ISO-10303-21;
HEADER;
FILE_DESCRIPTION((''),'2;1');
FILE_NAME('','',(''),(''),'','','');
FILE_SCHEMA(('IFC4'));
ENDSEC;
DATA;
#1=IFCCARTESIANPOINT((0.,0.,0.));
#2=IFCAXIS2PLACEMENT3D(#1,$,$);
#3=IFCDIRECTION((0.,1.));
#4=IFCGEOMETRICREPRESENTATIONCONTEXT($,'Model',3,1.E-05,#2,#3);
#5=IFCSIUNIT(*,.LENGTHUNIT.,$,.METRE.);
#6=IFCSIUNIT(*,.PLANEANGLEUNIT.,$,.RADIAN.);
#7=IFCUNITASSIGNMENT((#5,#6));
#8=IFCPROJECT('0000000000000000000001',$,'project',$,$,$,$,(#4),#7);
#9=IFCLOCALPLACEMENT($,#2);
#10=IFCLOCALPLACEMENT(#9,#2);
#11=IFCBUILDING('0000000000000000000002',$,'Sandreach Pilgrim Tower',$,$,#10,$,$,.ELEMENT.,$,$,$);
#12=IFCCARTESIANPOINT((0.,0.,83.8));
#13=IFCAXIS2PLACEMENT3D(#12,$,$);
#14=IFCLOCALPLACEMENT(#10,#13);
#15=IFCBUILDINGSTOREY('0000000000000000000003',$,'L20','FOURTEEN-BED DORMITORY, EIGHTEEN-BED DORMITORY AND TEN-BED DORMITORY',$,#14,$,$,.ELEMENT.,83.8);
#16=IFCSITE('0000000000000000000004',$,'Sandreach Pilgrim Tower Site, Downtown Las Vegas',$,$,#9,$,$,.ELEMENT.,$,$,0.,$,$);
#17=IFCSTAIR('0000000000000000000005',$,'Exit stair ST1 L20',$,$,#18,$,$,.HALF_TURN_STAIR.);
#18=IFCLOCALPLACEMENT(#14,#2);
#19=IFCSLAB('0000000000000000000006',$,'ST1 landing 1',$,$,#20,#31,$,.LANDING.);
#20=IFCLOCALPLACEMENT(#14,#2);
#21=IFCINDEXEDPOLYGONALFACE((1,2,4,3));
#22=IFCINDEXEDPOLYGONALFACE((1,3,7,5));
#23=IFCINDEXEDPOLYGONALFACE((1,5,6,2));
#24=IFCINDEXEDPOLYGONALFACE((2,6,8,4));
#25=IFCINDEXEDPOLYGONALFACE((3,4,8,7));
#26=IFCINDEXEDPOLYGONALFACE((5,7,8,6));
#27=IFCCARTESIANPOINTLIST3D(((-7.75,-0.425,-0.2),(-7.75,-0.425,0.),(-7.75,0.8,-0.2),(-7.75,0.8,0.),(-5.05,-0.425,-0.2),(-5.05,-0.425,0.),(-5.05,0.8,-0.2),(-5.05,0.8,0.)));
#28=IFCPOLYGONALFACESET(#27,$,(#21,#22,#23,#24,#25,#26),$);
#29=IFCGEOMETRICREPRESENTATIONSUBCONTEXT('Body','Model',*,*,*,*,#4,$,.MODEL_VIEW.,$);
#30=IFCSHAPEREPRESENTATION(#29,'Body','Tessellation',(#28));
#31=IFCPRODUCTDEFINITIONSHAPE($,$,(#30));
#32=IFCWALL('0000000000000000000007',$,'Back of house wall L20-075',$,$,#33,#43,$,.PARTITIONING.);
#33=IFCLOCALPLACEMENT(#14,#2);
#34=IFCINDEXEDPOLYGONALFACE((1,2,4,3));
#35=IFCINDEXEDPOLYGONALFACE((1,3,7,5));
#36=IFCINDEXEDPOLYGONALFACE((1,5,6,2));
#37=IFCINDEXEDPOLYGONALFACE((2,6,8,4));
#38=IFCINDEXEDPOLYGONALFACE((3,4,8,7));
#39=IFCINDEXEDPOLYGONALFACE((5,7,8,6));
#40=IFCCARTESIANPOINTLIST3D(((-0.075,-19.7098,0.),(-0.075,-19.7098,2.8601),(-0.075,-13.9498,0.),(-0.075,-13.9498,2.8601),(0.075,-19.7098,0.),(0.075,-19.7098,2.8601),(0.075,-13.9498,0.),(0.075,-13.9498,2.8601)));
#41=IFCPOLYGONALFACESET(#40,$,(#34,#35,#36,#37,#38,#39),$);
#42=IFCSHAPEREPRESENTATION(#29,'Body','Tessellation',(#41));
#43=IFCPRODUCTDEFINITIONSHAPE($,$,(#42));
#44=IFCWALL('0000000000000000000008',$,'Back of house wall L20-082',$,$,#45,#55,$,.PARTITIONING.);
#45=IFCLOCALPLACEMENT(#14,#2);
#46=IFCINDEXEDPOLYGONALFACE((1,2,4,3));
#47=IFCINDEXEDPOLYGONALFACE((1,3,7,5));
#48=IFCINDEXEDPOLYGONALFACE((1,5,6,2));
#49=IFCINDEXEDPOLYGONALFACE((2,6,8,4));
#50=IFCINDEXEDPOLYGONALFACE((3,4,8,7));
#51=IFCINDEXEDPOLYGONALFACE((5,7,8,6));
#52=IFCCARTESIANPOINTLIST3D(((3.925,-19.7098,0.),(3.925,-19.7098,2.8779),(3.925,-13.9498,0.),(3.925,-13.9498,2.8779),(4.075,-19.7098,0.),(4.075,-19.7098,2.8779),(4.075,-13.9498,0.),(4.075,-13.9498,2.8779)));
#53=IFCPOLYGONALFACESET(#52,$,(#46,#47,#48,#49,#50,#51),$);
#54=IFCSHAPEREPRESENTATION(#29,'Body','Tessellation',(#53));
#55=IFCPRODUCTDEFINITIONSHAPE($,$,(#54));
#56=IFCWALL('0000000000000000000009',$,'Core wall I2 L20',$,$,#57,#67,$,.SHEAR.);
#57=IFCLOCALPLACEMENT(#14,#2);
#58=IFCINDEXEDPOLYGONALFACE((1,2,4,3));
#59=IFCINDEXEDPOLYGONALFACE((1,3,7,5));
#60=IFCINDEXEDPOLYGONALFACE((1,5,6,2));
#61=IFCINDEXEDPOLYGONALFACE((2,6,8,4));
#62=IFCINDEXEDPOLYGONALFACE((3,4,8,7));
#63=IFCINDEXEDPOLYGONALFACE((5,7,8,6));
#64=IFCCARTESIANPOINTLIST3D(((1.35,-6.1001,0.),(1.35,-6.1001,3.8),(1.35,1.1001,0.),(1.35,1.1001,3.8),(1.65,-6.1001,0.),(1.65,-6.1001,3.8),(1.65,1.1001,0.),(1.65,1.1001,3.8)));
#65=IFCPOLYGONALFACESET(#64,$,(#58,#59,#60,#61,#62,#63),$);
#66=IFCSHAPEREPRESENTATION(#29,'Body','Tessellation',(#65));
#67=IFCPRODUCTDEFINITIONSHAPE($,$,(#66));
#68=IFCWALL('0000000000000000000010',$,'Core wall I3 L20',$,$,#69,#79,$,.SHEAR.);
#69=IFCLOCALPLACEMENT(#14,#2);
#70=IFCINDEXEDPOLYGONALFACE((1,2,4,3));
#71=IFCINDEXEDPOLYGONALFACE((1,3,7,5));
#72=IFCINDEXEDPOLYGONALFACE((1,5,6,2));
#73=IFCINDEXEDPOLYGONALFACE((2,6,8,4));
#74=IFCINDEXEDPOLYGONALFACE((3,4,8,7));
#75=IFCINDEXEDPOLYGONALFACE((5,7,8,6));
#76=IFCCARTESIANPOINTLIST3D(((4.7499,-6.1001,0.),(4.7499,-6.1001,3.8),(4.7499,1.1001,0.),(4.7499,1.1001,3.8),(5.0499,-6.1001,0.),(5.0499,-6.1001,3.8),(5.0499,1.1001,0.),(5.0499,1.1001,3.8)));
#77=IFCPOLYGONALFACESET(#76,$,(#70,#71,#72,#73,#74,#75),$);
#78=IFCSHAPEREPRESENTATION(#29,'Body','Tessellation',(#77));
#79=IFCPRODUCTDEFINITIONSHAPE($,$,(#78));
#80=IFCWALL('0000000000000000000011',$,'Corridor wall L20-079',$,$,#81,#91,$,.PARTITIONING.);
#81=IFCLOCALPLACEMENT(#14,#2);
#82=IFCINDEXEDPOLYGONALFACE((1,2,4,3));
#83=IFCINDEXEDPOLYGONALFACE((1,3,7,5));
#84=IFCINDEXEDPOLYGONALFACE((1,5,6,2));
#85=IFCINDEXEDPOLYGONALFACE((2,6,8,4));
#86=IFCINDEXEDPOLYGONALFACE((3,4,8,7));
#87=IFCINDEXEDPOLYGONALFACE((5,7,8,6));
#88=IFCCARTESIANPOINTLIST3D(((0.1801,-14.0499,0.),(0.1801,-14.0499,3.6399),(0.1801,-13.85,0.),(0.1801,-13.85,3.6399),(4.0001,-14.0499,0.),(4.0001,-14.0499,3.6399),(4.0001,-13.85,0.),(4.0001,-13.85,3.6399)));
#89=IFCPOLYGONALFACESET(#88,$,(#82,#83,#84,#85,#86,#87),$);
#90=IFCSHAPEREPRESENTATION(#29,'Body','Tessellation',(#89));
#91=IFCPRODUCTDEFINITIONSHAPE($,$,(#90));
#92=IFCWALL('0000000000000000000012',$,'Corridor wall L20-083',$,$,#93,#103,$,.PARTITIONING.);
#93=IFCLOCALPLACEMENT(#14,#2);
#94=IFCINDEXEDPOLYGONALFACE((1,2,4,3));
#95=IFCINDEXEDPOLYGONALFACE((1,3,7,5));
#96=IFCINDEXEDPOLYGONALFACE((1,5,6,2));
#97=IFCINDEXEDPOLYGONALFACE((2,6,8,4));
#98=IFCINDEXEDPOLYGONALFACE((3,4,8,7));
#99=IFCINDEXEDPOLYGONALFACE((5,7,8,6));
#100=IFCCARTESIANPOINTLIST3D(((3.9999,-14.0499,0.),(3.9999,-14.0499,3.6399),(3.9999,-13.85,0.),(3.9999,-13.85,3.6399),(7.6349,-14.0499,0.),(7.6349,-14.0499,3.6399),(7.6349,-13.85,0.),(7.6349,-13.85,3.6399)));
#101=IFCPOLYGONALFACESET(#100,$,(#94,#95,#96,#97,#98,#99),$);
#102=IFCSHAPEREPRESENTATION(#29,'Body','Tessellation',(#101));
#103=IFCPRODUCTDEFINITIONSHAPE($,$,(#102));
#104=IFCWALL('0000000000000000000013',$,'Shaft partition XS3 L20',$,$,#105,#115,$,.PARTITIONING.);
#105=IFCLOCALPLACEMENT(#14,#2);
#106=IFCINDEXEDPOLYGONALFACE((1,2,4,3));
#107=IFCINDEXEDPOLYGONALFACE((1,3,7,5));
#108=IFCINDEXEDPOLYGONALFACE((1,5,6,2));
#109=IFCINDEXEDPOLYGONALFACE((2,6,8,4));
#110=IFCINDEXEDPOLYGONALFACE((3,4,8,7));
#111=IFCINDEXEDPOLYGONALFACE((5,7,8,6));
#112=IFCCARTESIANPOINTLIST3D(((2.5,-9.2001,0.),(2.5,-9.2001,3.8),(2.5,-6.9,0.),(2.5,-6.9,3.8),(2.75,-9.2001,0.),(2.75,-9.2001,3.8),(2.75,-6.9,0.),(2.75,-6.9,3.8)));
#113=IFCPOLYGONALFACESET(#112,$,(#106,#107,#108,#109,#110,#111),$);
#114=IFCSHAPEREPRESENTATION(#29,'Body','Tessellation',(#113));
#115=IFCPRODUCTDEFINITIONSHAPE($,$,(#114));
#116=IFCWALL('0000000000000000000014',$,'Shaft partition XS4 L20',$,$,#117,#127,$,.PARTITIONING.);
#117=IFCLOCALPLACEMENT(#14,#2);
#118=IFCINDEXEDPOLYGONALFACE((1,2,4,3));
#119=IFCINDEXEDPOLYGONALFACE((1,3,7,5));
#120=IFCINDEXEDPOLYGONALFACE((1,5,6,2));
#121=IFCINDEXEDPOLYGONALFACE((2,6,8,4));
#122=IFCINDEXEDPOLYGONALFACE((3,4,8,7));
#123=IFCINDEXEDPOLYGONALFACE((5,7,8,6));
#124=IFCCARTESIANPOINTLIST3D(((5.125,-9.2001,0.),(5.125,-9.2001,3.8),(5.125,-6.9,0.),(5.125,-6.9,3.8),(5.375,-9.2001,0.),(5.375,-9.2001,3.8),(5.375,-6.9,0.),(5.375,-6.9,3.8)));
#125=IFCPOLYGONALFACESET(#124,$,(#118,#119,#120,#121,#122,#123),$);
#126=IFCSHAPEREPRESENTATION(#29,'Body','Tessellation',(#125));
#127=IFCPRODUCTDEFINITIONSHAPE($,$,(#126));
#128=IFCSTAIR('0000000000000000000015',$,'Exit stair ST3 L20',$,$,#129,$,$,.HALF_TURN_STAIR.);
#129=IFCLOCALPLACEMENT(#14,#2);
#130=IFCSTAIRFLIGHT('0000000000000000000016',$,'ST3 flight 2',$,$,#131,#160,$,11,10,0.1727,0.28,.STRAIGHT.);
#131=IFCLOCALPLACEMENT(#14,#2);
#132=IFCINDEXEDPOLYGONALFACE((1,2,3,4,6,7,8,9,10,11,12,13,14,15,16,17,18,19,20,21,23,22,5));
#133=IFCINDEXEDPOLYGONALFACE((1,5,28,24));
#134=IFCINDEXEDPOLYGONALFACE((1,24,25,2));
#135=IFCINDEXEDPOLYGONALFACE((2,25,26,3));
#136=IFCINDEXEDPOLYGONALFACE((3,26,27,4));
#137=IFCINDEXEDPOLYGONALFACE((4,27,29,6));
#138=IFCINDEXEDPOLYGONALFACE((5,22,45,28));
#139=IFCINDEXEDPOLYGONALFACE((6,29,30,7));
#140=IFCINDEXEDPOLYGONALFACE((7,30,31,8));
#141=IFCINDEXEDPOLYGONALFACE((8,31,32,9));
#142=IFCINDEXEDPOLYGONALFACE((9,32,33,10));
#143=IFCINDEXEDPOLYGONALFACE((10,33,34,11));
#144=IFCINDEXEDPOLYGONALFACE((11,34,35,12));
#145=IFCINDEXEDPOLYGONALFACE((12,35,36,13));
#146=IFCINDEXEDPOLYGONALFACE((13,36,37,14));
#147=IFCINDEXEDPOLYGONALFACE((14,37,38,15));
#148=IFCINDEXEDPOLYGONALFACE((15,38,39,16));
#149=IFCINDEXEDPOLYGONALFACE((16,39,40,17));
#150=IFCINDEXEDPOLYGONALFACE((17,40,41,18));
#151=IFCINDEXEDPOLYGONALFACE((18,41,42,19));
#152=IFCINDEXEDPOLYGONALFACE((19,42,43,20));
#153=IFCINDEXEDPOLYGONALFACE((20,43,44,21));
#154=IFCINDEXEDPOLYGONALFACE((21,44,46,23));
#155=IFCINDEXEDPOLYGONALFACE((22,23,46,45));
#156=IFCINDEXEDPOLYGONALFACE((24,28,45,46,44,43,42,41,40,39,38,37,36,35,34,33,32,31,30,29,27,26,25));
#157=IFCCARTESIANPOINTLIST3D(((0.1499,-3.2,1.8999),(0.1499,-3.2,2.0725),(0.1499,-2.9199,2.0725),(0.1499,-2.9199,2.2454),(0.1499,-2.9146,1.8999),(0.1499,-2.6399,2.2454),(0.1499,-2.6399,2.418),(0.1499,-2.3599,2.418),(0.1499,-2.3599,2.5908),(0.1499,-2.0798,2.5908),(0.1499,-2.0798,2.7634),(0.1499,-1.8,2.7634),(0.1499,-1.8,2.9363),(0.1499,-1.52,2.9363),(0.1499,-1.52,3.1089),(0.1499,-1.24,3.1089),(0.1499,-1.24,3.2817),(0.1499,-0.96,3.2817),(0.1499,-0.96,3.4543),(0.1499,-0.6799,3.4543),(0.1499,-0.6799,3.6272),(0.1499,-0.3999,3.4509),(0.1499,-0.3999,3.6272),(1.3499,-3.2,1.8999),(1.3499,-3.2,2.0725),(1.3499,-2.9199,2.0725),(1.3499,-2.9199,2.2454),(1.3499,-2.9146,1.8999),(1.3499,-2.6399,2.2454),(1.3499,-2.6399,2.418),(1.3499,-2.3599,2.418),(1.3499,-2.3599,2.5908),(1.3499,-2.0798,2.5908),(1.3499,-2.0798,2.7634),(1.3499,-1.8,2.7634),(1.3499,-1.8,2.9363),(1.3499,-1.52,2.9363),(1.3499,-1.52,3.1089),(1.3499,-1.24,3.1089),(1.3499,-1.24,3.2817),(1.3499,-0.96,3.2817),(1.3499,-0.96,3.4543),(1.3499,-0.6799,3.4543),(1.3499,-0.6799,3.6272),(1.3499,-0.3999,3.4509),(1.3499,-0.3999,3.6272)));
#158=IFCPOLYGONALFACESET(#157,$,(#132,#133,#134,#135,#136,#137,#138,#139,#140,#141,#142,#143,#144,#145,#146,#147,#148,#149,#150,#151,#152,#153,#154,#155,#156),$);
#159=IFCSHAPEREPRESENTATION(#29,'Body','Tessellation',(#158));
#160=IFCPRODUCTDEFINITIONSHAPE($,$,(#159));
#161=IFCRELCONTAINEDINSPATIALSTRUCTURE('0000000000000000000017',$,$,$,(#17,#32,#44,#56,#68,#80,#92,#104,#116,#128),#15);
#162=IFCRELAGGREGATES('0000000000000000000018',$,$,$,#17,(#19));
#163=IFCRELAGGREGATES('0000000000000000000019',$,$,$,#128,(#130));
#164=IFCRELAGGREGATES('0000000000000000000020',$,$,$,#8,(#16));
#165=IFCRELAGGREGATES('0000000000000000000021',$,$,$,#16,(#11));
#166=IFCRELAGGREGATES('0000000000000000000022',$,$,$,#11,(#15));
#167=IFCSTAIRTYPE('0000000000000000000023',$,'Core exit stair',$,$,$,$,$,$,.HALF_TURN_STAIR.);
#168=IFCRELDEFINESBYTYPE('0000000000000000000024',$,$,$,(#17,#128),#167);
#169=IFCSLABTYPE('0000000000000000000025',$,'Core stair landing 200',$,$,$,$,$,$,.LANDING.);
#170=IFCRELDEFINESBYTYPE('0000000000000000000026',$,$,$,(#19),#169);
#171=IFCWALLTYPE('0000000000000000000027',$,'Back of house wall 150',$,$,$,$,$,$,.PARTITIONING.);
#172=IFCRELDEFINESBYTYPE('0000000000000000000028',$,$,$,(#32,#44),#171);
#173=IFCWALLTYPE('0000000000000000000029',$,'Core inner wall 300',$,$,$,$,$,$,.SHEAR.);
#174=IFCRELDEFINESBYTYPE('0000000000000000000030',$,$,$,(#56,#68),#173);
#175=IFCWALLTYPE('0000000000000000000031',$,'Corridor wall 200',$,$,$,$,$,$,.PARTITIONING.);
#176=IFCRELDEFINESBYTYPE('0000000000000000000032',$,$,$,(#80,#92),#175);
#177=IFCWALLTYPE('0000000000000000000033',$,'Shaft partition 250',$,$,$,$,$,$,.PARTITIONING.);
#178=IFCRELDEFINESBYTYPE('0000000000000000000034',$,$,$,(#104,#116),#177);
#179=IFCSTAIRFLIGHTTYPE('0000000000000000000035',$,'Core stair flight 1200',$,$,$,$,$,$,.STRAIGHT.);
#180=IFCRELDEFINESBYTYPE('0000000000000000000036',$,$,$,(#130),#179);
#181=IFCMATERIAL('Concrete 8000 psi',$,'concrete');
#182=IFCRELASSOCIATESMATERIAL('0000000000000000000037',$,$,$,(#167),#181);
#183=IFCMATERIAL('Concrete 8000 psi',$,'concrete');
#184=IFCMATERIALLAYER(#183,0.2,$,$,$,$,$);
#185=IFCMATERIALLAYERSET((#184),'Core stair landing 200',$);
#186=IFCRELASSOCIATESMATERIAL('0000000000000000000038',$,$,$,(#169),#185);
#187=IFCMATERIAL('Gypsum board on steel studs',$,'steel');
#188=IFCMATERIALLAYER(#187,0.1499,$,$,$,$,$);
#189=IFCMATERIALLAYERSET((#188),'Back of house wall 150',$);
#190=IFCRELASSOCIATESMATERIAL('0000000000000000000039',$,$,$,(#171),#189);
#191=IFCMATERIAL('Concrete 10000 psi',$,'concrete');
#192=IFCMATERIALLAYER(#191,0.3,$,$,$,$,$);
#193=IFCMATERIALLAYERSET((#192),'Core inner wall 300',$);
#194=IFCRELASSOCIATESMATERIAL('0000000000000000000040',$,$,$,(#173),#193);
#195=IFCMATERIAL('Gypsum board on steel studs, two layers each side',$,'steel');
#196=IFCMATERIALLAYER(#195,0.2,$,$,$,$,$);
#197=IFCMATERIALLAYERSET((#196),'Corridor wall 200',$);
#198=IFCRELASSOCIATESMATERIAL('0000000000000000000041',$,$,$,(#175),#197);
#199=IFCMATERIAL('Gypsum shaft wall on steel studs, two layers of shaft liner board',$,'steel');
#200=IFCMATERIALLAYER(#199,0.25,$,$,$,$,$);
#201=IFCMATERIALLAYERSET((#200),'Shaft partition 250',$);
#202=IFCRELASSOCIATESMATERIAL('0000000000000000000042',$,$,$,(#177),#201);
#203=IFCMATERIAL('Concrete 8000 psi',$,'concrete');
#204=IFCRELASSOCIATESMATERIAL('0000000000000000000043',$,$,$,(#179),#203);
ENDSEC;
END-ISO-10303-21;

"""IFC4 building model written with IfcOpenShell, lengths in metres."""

from ifc_helpers import new_model, si_unit, direction, frame, frame_2d, origin, place, context, subcontext, project, spatial, polyline, rectangle, outline, extrude, material, layer, layer_set, type_object, element, aggregate, save


model = new_model("IFC4")

# Units and contexts
model_context = context("Model", 3, precision=1e-05, world=origin(), true_north=direction((0.0, 1.0)))
body_context = subcontext(model_context, "Body", "Model", "MODEL_VIEW")
ifc_project = project(units=[si_unit("LENGTHUNIT", "METRE"), si_unit("PLANEANGLEUNIT", "RADIAN")], contexts=[model_context])

# Site, building, storey
site_placement = place(None, origin())
site = spatial("IfcSite", under=ifc_project, at=site_placement, Name="Sandreach Pilgrim Tower Site, Downtown Las Vegas", CompositionType="ELEMENT", RefElevation=0.0)
building_placement = place(site_placement, origin())
building = spatial("IfcBuilding", under=site, at=building_placement, Name="Sandreach Pilgrim Tower", CompositionType="ELEMENT")
storey_placement = place(building_placement, frame((0.0, 0.0, 83.8)))
storey = spatial("IfcBuildingStorey", under=building, at=storey_placement, Name="L20", Description="FOURTEEN-BED DORMITORY, EIGHTEEN-BED DORMITORY AND TEN-BED DORMITORY", CompositionType="ELEMENT", Elevation=83.8)

# Stair, slab
ifc_material_1 = material(Name="Concrete 8000 psi", Category="concrete")
stair_type = type_object("IfcStairType", Name="Core exit stair", PredefinedType="HALF_TURN_STAIR", material=ifc_material_1)
stair_1_placement = place(storey_placement, origin())
stair_1 = element("IfcStair", 1, at=stair_1_placement, inside=storey, type_object=stair_type, Name="Exit stair ST1 L20", PredefinedType="HALF_TURN_STAIR")
ifc_material_2 = material(Name="Concrete 8000 psi", Category="concrete")
ifc_layer_1 = layer(ifc_material_2, 0.2)
ifc_layer_set_1 = layer_set([ifc_layer_1], Name="Core stair landing 200")
slab_type = type_object("IfcSlabType", Name="Core stair landing 200", PredefinedType="LANDING", material=ifc_layer_set_1)
slab_placement = place(storey_placement, frame((0.0, 0.0, -0.2)))
slab = element("IfcSlab", 2, at=slab_placement, type_object=slab_type, Name="ST1 landing 1", PredefinedType="LANDING", context=body_context, shape_type="SweptSolid", body=[
    extrude(outline(polyline([(-7.75, -0.425), (-5.05, -0.425), (-5.05, 0.8), (-7.75, 0.8), (-7.75, -0.425)])), origin(), (0.0, 0.0, 1.0), 0.2),
])
aggregate(stair_1, [slab])

# Walls
ifc_material_3 = material(Name="Gypsum board on steel studs", Category="steel")
ifc_layer_2 = layer(ifc_material_3, 0.1499)
ifc_layer_set_2 = layer_set([ifc_layer_2], Name="Back of house wall 150")
wall_type_1 = type_object("IfcWallType", Name="Back of house wall 150", PredefinedType="PARTITIONING", material=ifc_layer_set_2)
wall_1_placement = place(storey_placement, frame((0.0, -13.95, 0.0), z_axis=(0.0, 0.0, 1.0), x_axis=(0.0, -1.0, 0.0)))
element("IfcWall", 3, at=wall_1_placement, inside=storey, type_object=wall_type_1, Name="Back of house wall L20-075", PredefinedType="PARTITIONING", context=body_context, shape_type="SweptSolid", body=[
    extrude(rectangle(XDim=5.76, YDim=0.1499, at=frame_2d((2.8799, 0.0))), origin(), (0.0, 0.0, 1.0), 2.8601),
])
wall_2_placement = place(storey_placement, frame((4.0, -13.95, 0.0), z_axis=(0.0, 0.0, 1.0), x_axis=(0.0, -1.0, 0.0)))
element("IfcWall", 4, at=wall_2_placement, inside=storey, type_object=wall_type_1, Name="Back of house wall L20-082", PredefinedType="PARTITIONING", context=body_context, shape_type="SweptSolid", body=[
    extrude(rectangle(XDim=5.76, YDim=0.1499, at=frame_2d((2.8799, 0.0))), origin(), (0.0, 0.0, 1.0), 2.8779),
])
ifc_material_4 = material(Name="Concrete 10000 psi", Category="concrete")
ifc_layer_3 = layer(ifc_material_4, 0.3)
ifc_layer_set_3 = layer_set([ifc_layer_3], Name="Core inner wall 300")
wall_type_2 = type_object("IfcWallType", Name="Core inner wall 300", PredefinedType="SHEAR", material=ifc_layer_set_3)
for number, where, z_axis, x_axis, name in (
    (5, (1.5, -6.1001, 0.0), (0.0, 0.0, 1.0), (0.0, 1.0, 0.0), "Core wall I2 L20"),
    (6, (4.8999, -6.1001, 0.0), (0.0, 0.0, 1.0), (0.0, 1.0, 0.0), "Core wall I3 L20"),
):
    element("IfcWall", number, at=place(storey_placement, frame(where, z_axis=z_axis, x_axis=x_axis)), inside=storey, type_object=wall_type_2, Name=name, PredefinedType="SHEAR", context=body_context, shape_type="SweptSolid", body=[
        extrude(rectangle(XDim=7.2002, YDim=0.3, at=frame_2d((3.6001, 0.0))), origin(), (0.0, 0.0, 1.0), 3.8),
    ])

# Wall
ifc_material_5 = material(Name="Gypsum board on steel studs, two layers each side", Category="steel")
ifc_layer_4 = layer(ifc_material_5, 0.2)
ifc_layer_set_4 = layer_set([ifc_layer_4], Name="Corridor wall 200")
wall_type_3 = type_object("IfcWallType", Name="Corridor wall 200", PredefinedType="PARTITIONING", material=ifc_layer_set_4)
wall_3_placement = place(storey_placement, frame((0.1799, -13.95, 0.0), z_axis=(0.0, 0.0, 1.0), x_axis=(1.0, 0.0, 0.0)))
element("IfcWall", 7, at=wall_3_placement, inside=storey, type_object=wall_type_3, Name="Corridor wall L20-079", PredefinedType="PARTITIONING", context=body_context, shape_type="SweptSolid", body=[
    extrude(rectangle(XDim=3.8201, YDim=0.2, at=frame_2d((1.9102, 0.0))), origin(), (0.0, 0.0, 1.0), 3.6399),
])

# Walls
wall_4_placement = place(storey_placement, frame((4.0, -13.95, 0.0), z_axis=(0.0, 0.0, 1.0), x_axis=(1.0, 0.0, 0.0)))
element("IfcWall", 8, at=wall_4_placement, inside=storey, type_object=wall_type_3, Name="Corridor wall L20-083", PredefinedType="PARTITIONING", context=body_context, shape_type="SweptSolid", body=[
    extrude(rectangle(XDim=3.635, YDim=0.2, at=frame_2d((1.8174, 0.0))), origin(), (0.0, 0.0, 1.0), 3.6399),
])
ifc_material_6 = material(Name="Gypsum shaft wall on steel studs, two layers of shaft liner board", Category="steel")
ifc_layer_5 = layer(ifc_material_6, 0.25)
ifc_layer_set_5 = layer_set([ifc_layer_5], Name="Shaft partition 250")
wall_type_4 = type_object("IfcWallType", Name="Shaft partition 250", PredefinedType="PARTITIONING", material=ifc_layer_set_5)
for number, where, z_axis, x_axis, name in (
    (9, (2.625, -9.2, 0.0), (0.0, 0.0, 1.0), (0.0, 1.0, 0.0), "Shaft partition XS3 L20"),
    (10, (5.25, -9.2, 0.0), (0.0, 0.0, 1.0), (0.0, 1.0, 0.0), "Shaft partition XS4 L20"),
):
    element("IfcWall", number, at=place(storey_placement, frame(where, z_axis=z_axis, x_axis=x_axis)), inside=storey, type_object=wall_type_4, Name=name, PredefinedType="PARTITIONING", context=body_context, shape_type="SweptSolid", body=[
        extrude(rectangle(XDim=2.3, YDim=0.25, at=frame_2d((1.1499, 0.0))), origin(), (0.0, 0.0, 1.0), 3.8),
    ])

# Stair, stair flight
stair_2_placement = place(storey_placement, origin())
stair_2 = element("IfcStair", 11, at=stair_2_placement, inside=storey, type_object=stair_type, Name="Exit stair ST3 L20", PredefinedType="HALF_TURN_STAIR")
ifc_material_7 = material(Name="Concrete 8000 psi", Category="concrete")
stair_flight_type = type_object("IfcStairFlightType", Name="Core stair flight 1200", PredefinedType="STRAIGHT", material=ifc_material_7)
stair_flight_placement = place(storey_placement, frame((0.75, -3.2, 1.8999), z_axis=(0.0, 0.0, 1.0), x_axis=(0.0, 1.0, 0.0)))
stair_flight = element("IfcStairFlight", 12, at=stair_flight_placement, type_object=stair_flight_type, Name="ST3 flight 2", NumberOfRisers=11, NumberOfTreads=10, PredefinedType="STRAIGHT", RiserHeight=0.1727, TreadLength=0.28, context=body_context, shape_type="SweptSolid", body=[
    extrude(outline(polyline([(0.0, 0.0), (0.0, 0.1726), (0.28, 0.1726), (0.28, 0.3455), (0.5601, 0.3455), (0.5601, 0.5181), (0.8401, 0.5181), (0.8401, 0.6909), (1.1201, 0.6909), (1.1201, 0.8635), (1.3999, 0.8635), (1.3999, 1.0364), (1.6799, 1.0364), (1.6799, 1.209), (1.96, 1.209), (1.96, 1.3818), (2.24, 1.3818), (2.24, 1.5544), (2.52, 1.5544), (2.52, 1.7273), (2.8, 1.7273), (2.8, 1.8999), (2.8, 1.551), (0.2854, 0.0), (0.0, 0.0)])), frame((0.0, 0.6001, 0.0), z_axis=(0.0, -1.0, 0.0), x_axis=(1.0, 0.0, 0.0)), (0.0, 0.0, 1.0), 1.2),
])
aggregate(stair_2, [stair_flight])

save(model, "model.ifc")
